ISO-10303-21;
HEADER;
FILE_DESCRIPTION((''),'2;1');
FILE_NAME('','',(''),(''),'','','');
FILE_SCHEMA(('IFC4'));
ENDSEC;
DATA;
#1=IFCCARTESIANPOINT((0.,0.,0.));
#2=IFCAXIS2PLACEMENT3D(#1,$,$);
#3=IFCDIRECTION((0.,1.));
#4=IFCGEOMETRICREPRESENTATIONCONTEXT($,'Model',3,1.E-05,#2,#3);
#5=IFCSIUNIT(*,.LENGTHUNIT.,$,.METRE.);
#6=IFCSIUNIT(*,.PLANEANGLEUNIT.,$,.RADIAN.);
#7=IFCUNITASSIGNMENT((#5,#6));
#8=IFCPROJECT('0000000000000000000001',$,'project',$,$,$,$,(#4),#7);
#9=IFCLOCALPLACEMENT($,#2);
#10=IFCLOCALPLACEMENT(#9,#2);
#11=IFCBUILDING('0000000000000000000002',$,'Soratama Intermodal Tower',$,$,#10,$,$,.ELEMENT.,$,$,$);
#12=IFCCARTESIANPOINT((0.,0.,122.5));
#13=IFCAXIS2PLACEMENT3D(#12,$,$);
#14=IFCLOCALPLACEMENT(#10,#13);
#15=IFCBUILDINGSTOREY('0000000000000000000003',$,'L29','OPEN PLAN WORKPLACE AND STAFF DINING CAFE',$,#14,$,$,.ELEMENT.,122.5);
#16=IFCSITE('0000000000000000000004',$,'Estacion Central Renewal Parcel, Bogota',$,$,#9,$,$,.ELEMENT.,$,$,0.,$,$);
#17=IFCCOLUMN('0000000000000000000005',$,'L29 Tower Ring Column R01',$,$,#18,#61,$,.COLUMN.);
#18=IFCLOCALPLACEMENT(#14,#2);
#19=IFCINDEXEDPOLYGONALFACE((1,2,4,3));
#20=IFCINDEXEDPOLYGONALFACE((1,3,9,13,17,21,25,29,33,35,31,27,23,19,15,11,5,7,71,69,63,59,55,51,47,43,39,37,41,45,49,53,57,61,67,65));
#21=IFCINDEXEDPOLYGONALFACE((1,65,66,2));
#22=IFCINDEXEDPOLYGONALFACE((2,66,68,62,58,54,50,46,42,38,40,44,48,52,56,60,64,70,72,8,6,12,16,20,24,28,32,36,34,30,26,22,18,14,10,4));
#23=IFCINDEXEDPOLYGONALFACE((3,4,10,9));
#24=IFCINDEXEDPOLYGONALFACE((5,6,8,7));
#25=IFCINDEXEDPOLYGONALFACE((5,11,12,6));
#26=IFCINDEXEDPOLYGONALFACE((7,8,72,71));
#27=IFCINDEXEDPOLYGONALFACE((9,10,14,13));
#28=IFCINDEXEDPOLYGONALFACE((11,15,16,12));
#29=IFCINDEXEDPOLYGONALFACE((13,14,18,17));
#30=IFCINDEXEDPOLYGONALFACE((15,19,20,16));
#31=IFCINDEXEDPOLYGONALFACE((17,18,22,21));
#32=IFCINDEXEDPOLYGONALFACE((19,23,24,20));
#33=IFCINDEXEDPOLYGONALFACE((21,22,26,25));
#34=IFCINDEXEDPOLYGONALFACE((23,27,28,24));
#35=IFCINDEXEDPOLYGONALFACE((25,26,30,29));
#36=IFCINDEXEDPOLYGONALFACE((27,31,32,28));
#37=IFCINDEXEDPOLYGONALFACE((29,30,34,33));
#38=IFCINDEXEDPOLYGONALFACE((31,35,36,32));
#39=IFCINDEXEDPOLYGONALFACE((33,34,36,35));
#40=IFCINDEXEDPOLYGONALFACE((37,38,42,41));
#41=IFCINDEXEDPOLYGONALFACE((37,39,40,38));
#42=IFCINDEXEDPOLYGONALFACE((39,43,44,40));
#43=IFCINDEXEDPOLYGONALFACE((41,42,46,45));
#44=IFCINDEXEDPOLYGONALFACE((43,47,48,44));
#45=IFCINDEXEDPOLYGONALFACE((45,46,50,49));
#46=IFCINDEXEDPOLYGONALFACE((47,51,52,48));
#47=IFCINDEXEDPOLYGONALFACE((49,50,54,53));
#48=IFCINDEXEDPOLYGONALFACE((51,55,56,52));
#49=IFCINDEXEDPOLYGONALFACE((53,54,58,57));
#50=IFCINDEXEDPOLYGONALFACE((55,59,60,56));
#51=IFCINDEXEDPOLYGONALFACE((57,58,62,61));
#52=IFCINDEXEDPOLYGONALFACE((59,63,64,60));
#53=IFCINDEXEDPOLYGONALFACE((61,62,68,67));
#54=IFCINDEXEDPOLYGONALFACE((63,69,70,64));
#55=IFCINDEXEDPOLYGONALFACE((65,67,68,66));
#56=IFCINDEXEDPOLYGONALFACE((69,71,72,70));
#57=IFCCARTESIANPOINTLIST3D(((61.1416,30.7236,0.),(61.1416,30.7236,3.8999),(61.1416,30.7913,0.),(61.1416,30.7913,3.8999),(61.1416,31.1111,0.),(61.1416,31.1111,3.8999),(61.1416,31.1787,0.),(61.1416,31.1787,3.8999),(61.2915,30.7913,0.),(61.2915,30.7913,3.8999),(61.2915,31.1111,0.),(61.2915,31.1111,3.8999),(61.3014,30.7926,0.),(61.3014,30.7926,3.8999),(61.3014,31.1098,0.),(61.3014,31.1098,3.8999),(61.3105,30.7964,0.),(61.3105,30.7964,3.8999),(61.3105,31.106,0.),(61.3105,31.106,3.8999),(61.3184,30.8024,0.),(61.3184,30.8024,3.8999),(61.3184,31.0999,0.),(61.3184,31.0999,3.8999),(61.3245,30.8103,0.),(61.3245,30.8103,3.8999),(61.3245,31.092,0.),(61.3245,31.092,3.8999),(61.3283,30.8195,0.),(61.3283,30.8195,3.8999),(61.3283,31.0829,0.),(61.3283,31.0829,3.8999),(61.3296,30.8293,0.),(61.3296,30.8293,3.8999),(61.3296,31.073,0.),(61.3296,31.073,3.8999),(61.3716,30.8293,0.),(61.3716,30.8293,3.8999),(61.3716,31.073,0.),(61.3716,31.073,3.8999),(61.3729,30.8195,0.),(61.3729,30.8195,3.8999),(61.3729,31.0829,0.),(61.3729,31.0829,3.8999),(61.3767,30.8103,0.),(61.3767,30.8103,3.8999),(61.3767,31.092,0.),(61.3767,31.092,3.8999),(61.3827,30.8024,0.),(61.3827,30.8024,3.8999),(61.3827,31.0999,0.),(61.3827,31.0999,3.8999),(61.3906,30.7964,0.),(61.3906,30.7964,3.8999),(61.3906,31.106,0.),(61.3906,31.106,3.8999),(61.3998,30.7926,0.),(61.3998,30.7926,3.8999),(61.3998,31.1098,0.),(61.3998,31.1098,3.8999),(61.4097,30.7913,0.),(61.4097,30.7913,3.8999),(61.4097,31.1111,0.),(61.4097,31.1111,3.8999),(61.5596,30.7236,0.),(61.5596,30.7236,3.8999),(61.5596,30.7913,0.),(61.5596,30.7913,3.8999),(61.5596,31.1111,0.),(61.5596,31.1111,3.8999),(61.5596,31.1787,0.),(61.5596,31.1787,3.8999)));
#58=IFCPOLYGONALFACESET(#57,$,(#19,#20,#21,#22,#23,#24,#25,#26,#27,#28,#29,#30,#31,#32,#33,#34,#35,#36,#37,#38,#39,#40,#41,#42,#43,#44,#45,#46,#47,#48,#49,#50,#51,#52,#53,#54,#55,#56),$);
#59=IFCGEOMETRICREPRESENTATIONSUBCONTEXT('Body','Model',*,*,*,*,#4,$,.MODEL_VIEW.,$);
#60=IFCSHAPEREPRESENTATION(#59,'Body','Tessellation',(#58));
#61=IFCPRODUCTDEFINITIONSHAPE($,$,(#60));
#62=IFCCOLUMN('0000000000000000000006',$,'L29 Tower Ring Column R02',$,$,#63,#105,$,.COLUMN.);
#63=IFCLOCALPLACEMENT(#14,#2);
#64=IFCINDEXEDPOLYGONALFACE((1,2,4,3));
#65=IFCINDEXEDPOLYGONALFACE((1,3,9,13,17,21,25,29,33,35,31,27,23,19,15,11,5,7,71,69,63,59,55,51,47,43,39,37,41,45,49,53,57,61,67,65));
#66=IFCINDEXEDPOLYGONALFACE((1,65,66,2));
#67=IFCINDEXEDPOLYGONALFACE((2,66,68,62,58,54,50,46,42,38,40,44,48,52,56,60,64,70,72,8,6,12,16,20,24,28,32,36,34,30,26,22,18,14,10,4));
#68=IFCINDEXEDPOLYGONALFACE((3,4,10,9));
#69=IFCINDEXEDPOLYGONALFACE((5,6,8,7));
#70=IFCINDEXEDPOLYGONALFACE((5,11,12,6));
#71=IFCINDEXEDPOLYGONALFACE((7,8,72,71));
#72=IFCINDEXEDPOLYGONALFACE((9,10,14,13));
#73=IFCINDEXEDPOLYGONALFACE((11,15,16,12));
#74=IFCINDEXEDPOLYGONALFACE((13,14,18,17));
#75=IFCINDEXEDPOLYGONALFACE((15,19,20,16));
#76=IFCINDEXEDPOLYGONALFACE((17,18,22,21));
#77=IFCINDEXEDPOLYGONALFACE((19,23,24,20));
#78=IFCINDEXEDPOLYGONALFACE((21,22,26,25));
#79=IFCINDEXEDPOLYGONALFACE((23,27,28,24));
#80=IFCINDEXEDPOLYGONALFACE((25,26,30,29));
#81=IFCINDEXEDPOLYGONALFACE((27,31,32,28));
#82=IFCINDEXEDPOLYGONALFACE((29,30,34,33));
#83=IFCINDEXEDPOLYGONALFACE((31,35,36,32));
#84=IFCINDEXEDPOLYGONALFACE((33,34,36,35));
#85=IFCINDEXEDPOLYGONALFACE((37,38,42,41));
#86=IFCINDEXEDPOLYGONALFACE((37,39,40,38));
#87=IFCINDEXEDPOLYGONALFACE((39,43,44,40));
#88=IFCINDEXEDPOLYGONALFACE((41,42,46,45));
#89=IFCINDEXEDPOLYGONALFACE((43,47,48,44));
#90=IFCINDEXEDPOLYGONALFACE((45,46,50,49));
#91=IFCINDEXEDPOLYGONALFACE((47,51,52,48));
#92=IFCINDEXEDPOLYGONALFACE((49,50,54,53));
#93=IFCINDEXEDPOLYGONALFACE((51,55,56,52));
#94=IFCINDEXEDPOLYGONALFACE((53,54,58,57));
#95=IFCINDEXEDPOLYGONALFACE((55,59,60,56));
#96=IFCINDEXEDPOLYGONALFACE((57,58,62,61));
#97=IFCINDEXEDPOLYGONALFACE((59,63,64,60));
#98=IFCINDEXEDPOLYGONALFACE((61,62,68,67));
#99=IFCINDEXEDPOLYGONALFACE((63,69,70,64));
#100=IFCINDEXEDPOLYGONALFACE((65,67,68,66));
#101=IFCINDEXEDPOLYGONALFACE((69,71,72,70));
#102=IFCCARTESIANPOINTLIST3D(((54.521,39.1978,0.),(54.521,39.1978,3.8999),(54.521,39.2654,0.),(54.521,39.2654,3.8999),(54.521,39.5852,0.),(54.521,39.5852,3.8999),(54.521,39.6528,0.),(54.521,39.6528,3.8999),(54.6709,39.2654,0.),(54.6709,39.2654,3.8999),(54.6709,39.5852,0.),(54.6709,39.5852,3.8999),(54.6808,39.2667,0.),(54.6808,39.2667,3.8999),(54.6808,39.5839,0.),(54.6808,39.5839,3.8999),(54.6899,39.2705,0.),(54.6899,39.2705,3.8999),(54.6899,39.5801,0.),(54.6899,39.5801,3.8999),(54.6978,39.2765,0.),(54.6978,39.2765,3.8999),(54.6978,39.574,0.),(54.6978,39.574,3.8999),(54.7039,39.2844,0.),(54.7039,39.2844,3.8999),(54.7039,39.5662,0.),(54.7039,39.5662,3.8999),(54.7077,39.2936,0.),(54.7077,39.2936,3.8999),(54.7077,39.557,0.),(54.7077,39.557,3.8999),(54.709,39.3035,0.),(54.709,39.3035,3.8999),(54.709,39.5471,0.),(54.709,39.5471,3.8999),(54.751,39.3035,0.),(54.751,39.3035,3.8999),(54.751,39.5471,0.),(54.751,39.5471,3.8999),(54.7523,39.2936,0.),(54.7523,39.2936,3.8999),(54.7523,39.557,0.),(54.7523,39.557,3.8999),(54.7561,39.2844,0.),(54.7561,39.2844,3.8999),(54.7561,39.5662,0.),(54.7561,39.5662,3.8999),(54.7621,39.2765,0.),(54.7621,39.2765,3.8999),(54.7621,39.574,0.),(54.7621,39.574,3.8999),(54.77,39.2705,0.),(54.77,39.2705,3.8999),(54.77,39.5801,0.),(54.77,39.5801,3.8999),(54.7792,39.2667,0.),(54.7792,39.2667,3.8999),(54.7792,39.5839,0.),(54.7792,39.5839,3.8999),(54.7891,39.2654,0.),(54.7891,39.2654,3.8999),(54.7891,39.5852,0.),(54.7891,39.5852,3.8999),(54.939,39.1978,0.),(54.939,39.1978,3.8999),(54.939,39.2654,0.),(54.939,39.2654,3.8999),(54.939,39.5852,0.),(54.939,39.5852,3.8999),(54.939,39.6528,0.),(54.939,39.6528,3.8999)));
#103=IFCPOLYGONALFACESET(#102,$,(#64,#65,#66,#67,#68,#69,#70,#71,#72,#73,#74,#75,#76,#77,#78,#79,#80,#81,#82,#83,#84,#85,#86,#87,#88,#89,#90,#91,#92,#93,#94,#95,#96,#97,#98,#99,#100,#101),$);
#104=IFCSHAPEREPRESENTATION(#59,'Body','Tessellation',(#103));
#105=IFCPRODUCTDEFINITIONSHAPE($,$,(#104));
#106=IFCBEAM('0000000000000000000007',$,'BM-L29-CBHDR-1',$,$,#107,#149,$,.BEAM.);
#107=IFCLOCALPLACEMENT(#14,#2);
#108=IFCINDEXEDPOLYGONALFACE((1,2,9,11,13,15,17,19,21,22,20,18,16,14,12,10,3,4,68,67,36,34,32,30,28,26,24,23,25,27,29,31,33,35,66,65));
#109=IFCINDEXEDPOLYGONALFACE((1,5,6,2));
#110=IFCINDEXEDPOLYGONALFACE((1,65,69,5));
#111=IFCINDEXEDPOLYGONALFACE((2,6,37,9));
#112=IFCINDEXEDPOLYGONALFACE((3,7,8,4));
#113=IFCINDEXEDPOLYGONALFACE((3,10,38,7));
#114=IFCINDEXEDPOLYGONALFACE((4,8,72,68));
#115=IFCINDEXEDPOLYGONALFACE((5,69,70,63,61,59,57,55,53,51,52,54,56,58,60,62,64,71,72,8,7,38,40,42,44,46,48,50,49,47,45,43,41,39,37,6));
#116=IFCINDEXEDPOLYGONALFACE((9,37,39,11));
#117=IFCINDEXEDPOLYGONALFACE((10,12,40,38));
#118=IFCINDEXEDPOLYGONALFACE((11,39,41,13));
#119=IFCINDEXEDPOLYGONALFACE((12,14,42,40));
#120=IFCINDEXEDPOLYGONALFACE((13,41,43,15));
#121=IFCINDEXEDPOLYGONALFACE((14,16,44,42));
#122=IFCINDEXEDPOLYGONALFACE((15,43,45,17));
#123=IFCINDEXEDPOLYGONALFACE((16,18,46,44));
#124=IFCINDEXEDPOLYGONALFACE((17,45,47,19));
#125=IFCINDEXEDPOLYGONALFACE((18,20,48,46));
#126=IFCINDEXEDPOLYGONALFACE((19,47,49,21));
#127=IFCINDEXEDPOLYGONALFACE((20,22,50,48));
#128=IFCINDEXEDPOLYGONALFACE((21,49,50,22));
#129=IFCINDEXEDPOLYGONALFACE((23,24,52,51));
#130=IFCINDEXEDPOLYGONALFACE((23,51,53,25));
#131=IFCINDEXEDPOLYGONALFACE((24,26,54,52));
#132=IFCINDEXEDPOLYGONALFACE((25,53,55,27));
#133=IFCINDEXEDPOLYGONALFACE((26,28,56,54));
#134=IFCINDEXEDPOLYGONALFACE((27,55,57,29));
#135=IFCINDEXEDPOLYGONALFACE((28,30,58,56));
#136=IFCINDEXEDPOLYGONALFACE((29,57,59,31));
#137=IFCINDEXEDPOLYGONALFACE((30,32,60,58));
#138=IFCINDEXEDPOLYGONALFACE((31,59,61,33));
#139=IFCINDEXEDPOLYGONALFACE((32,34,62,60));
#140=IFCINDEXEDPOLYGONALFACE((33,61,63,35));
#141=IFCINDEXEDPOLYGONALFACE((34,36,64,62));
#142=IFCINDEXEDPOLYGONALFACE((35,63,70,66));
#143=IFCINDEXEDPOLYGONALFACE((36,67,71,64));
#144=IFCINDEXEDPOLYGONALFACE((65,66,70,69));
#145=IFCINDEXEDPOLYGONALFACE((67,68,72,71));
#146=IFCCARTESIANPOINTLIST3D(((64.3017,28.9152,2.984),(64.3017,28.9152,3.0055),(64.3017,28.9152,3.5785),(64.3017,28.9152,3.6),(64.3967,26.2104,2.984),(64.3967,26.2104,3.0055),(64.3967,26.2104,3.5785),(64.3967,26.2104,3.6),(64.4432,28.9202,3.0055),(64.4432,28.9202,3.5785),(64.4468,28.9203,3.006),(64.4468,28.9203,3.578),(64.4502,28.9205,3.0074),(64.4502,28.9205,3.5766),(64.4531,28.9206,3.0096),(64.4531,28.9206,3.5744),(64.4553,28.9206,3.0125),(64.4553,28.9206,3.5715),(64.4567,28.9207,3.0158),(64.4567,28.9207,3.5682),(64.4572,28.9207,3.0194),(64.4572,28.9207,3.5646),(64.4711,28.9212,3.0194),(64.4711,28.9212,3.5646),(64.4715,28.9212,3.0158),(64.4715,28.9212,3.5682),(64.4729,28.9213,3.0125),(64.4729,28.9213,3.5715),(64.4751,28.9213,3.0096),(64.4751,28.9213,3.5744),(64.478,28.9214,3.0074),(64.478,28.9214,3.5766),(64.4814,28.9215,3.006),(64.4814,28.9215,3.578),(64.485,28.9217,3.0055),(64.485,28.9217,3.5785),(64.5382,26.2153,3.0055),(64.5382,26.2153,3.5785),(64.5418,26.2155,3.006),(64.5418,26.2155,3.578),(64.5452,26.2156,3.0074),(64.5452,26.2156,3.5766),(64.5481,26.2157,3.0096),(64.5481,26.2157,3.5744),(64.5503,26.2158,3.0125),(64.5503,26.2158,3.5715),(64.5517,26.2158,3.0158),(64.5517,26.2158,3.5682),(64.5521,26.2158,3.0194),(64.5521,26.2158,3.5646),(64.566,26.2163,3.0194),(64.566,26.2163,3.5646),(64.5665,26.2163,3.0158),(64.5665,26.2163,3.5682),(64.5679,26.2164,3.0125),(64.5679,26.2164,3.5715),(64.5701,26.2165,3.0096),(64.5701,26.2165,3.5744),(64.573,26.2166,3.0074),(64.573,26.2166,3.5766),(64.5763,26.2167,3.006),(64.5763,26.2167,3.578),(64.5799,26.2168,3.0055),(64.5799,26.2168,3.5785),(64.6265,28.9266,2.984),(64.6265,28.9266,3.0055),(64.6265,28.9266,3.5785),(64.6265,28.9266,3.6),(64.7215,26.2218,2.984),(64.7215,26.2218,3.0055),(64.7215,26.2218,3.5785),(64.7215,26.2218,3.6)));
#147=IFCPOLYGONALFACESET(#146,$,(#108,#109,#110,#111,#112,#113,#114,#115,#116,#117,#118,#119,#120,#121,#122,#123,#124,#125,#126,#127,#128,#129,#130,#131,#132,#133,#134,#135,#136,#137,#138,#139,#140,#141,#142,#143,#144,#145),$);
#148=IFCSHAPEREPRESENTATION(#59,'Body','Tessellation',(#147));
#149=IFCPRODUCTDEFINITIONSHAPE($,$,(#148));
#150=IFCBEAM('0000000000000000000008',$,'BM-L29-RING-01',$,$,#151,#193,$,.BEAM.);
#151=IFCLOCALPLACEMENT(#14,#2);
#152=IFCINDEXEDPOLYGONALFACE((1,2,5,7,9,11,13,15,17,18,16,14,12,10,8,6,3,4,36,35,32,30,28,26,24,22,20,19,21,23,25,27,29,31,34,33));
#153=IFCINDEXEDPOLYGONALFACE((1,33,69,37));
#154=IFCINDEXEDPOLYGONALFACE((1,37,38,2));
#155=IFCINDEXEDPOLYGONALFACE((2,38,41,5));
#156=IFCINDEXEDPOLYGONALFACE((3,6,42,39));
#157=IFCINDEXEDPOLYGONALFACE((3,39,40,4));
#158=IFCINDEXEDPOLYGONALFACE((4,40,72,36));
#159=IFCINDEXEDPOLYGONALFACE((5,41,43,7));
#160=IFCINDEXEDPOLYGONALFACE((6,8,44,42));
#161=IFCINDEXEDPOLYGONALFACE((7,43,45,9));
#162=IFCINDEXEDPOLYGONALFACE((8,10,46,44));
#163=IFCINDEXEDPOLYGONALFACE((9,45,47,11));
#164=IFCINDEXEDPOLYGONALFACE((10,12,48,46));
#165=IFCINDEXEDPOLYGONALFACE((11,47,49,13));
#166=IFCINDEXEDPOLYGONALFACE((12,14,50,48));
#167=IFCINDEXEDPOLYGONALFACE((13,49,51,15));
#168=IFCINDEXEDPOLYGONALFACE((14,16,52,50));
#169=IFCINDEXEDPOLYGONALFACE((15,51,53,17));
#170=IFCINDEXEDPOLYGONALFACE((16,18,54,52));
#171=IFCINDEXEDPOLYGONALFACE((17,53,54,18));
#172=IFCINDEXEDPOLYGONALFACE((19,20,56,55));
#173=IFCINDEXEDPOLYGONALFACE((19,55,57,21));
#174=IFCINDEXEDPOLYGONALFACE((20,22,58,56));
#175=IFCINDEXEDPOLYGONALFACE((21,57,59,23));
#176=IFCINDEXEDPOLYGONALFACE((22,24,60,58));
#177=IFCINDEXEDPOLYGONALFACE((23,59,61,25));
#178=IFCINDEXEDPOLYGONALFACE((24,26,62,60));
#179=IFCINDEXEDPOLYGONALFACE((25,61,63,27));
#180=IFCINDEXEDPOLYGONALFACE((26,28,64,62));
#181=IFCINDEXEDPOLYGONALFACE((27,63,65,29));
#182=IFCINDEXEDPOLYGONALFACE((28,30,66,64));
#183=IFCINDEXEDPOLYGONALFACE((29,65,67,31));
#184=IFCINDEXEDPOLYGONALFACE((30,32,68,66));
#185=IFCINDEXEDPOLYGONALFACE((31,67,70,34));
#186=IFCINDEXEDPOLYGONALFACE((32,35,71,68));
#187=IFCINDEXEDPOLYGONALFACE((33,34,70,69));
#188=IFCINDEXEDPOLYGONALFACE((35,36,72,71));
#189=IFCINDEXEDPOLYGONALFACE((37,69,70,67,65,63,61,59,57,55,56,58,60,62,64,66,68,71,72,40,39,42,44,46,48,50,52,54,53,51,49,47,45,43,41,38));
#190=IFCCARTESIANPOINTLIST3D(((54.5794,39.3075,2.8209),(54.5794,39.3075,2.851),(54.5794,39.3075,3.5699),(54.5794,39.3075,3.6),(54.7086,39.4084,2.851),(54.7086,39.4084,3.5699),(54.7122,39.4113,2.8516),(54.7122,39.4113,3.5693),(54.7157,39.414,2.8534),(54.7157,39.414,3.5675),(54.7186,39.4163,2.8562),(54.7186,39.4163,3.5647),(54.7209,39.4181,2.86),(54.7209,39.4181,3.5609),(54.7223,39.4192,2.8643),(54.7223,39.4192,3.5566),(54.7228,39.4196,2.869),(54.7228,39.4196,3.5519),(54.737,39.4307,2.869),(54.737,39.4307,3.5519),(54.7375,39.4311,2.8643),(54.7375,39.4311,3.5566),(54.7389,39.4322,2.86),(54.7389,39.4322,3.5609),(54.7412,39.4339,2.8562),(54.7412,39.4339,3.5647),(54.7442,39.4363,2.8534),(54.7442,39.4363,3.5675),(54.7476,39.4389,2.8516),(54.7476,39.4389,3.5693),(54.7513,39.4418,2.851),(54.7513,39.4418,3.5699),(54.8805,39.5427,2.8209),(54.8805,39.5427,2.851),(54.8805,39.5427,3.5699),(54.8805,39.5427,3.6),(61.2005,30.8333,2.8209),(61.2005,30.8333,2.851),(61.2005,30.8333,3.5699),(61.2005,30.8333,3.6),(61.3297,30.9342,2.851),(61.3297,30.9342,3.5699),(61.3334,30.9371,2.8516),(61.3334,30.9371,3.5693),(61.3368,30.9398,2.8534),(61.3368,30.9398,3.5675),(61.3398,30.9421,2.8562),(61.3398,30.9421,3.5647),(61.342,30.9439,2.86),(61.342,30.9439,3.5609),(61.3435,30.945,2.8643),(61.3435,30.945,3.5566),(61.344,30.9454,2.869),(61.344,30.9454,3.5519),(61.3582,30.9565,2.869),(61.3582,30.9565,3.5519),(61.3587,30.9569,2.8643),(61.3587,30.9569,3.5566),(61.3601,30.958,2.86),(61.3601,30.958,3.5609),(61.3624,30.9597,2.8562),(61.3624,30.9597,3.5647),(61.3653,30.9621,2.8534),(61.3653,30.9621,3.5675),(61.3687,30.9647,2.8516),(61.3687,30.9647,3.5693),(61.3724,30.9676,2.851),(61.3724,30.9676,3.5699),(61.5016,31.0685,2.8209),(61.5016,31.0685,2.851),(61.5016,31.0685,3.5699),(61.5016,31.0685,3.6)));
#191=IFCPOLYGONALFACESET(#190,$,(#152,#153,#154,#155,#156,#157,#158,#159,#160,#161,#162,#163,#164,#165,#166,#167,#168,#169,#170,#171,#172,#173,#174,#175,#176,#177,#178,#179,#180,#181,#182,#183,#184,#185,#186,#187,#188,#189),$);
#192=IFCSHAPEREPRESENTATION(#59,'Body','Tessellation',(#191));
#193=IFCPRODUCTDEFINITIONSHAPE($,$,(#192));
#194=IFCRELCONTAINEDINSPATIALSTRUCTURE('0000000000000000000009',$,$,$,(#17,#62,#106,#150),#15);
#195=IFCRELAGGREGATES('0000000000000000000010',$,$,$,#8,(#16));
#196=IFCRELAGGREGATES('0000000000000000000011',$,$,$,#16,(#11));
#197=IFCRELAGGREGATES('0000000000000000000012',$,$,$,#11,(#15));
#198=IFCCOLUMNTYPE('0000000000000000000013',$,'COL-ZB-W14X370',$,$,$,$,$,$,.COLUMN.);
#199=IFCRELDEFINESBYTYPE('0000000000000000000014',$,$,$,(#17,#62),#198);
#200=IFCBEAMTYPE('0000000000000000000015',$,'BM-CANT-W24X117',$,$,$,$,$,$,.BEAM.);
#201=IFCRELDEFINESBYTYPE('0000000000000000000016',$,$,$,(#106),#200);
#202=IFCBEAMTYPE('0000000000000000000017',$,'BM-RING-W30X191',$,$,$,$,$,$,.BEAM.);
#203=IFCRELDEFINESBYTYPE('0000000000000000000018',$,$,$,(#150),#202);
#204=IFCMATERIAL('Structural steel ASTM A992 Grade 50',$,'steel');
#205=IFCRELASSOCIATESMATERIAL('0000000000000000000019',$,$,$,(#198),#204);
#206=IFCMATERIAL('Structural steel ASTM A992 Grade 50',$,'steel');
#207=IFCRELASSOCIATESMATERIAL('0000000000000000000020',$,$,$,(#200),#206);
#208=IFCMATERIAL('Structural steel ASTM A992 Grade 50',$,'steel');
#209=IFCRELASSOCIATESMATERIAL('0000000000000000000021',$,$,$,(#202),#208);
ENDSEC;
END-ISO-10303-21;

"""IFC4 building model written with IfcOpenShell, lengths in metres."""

from ifc_helpers import new_model, si_unit, direction, frame, origin, origin_2d, place, context, subcontext, project, spatial, i_section, extrude, material, material_profile, profile_set, type_object, element, save


model = new_model("IFC4")

# Units and contexts
model_context = context("Model", 3, precision=1e-05, world=origin(), true_north=direction((0.0, 1.0)))
body_context = subcontext(model_context, "Body", "Model", "MODEL_VIEW")
ifc_project = project(units=[si_unit("LENGTHUNIT", "METRE"), si_unit("PLANEANGLEUNIT", "RADIAN")], contexts=[model_context])

# Site, building, storey
site_placement = place(None, origin())
site = spatial("IfcSite", under=ifc_project, at=site_placement, Name="Estacion Central Renewal Parcel, Bogota", CompositionType="ELEMENT", RefElevation=0.0)
building_placement = place(site_placement, origin())
building = spatial("IfcBuilding", under=site, at=building_placement, Name="Soratama Intermodal Tower", CompositionType="ELEMENT")
storey_placement = place(building_placement, frame((0.0, 0.0, 122.5)))
storey = spatial("IfcBuildingStorey", under=building, at=storey_placement, Name="L29", Description="OPEN PLAN WORKPLACE AND STAFF DINING CAFE", CompositionType="ELEMENT", Elevation=122.5)

# Columns
ifc_material_1 = material(Name="Structural steel ASTM A992 Grade 50", Category="steel")
ifc_material_profile_1 = material_profile(ifc_material_1, i_section(OverallWidth=0.418, OverallDepth=0.4551, WebThickness=0.042, FlangeThickness=0.0676, FilletRadius=0.0381, at=origin_2d()), Name="W14X370")
ifc_profile_set_1 = profile_set([ifc_material_profile_1], Name="Structural steel ASTM A992 Grade 50")
column_type = type_object("IfcColumnType", Name="COL-ZB-W14X370", PredefinedType="COLUMN", material=ifc_profile_set_1)
for number, where, z_axis, x_axis, name in (
    (1, (61.3506, 30.9512, 0.0), (0.0, 0.0, 1.0), (1.0, 0.0, 0.0), "L29 Tower Ring Column R01"),
    (2, (54.73, 39.4253, 0.0), (0.0, 0.0, 1.0), (1.0, 0.0, 0.0), "L29 Tower Ring Column R02"),
):
    element("IfcColumn", number, at=place(storey_placement, frame(where, z_axis=z_axis, x_axis=x_axis)), inside=storey, type_object=column_type, Name=name, PredefinedType="COLUMN", context=body_context, shape_type="SweptSolid", body=[
        extrude(i_section(OverallWidth=0.418, OverallDepth=0.4551, WebThickness=0.042, FlangeThickness=0.0676, FilletRadius=0.0381, at=origin_2d()), origin(), (0.0, 0.0, 1.0), 3.8999),
    ])

# Beams
ifc_material_2 = material(Name="Structural steel ASTM A992 Grade 50", Category="steel")
ifc_material_profile_2 = material_profile(ifc_material_2, i_section(OverallWidth=0.325, OverallDepth=0.616, WebThickness=0.0139, FlangeThickness=0.0215, FilletRadius=0.0139, at=origin_2d()), Name="W24X117")
ifc_profile_set_2 = profile_set([ifc_material_profile_2], Name="Structural steel ASTM A992 Grade 50")
beam_type_1 = type_object("IfcBeamType", Name="BM-CANT-W24X117", PredefinedType="BEAM", material=ifc_profile_set_2)
beam_1_placement = place(storey_placement, frame((64.5591, 26.2161, 3.292), z_axis=(-0.03509, 0.999384, 0.0), x_axis=(-0.999384, -0.03509, 0.0)))
element("IfcBeam", 3, at=beam_1_placement, inside=storey, type_object=beam_type_1, Name="BM-L29-CBHDR-1", PredefinedType="BEAM", context=body_context, shape_type="SweptSolid", body=[
    extrude(i_section(OverallWidth=0.325, OverallDepth=0.616, WebThickness=0.0139, FlangeThickness=0.0215, FilletRadius=0.0139, at=origin_2d()), origin(), (0.0, 0.0, 1.0), 2.7065),
])
ifc_material_3 = material(Name="Structural steel ASTM A992 Grade 50", Category="steel")
ifc_material_profile_3 = material_profile(ifc_material_3, i_section(OverallWidth=0.3821, OverallDepth=0.7791, WebThickness=0.0181, FlangeThickness=0.03, FilletRadius=0.0181, at=origin_2d()), Name="W30X191")
ifc_profile_set_3 = profile_set([ifc_material_profile_3], Name="Structural steel ASTM A992 Grade 50")
beam_type_2 = type_object("IfcBeamType", Name="BM-RING-W30X191", PredefinedType="BEAM", material=ifc_profile_set_3)
beam_2_placement = place(storey_placement, frame((61.3511, 30.9509, 3.2104), z_axis=(-0.615684, 0.787993, 0.0), x_axis=(-0.787993, -0.615684, 0.0)))
element("IfcBeam", 4, at=beam_2_placement, inside=storey, type_object=beam_type_2, Name="BM-L29-RING-01", PredefinedType="BEAM", context=body_context, shape_type="SweptSolid", body=[
    extrude(i_section(OverallWidth=0.3821, OverallDepth=0.7791, WebThickness=0.0181, FlangeThickness=0.03, FilletRadius=0.0181, at=origin_2d()), origin(), (0.0, 0.0, 1.0), 10.7542),
])

save(model, "model.ifc")
